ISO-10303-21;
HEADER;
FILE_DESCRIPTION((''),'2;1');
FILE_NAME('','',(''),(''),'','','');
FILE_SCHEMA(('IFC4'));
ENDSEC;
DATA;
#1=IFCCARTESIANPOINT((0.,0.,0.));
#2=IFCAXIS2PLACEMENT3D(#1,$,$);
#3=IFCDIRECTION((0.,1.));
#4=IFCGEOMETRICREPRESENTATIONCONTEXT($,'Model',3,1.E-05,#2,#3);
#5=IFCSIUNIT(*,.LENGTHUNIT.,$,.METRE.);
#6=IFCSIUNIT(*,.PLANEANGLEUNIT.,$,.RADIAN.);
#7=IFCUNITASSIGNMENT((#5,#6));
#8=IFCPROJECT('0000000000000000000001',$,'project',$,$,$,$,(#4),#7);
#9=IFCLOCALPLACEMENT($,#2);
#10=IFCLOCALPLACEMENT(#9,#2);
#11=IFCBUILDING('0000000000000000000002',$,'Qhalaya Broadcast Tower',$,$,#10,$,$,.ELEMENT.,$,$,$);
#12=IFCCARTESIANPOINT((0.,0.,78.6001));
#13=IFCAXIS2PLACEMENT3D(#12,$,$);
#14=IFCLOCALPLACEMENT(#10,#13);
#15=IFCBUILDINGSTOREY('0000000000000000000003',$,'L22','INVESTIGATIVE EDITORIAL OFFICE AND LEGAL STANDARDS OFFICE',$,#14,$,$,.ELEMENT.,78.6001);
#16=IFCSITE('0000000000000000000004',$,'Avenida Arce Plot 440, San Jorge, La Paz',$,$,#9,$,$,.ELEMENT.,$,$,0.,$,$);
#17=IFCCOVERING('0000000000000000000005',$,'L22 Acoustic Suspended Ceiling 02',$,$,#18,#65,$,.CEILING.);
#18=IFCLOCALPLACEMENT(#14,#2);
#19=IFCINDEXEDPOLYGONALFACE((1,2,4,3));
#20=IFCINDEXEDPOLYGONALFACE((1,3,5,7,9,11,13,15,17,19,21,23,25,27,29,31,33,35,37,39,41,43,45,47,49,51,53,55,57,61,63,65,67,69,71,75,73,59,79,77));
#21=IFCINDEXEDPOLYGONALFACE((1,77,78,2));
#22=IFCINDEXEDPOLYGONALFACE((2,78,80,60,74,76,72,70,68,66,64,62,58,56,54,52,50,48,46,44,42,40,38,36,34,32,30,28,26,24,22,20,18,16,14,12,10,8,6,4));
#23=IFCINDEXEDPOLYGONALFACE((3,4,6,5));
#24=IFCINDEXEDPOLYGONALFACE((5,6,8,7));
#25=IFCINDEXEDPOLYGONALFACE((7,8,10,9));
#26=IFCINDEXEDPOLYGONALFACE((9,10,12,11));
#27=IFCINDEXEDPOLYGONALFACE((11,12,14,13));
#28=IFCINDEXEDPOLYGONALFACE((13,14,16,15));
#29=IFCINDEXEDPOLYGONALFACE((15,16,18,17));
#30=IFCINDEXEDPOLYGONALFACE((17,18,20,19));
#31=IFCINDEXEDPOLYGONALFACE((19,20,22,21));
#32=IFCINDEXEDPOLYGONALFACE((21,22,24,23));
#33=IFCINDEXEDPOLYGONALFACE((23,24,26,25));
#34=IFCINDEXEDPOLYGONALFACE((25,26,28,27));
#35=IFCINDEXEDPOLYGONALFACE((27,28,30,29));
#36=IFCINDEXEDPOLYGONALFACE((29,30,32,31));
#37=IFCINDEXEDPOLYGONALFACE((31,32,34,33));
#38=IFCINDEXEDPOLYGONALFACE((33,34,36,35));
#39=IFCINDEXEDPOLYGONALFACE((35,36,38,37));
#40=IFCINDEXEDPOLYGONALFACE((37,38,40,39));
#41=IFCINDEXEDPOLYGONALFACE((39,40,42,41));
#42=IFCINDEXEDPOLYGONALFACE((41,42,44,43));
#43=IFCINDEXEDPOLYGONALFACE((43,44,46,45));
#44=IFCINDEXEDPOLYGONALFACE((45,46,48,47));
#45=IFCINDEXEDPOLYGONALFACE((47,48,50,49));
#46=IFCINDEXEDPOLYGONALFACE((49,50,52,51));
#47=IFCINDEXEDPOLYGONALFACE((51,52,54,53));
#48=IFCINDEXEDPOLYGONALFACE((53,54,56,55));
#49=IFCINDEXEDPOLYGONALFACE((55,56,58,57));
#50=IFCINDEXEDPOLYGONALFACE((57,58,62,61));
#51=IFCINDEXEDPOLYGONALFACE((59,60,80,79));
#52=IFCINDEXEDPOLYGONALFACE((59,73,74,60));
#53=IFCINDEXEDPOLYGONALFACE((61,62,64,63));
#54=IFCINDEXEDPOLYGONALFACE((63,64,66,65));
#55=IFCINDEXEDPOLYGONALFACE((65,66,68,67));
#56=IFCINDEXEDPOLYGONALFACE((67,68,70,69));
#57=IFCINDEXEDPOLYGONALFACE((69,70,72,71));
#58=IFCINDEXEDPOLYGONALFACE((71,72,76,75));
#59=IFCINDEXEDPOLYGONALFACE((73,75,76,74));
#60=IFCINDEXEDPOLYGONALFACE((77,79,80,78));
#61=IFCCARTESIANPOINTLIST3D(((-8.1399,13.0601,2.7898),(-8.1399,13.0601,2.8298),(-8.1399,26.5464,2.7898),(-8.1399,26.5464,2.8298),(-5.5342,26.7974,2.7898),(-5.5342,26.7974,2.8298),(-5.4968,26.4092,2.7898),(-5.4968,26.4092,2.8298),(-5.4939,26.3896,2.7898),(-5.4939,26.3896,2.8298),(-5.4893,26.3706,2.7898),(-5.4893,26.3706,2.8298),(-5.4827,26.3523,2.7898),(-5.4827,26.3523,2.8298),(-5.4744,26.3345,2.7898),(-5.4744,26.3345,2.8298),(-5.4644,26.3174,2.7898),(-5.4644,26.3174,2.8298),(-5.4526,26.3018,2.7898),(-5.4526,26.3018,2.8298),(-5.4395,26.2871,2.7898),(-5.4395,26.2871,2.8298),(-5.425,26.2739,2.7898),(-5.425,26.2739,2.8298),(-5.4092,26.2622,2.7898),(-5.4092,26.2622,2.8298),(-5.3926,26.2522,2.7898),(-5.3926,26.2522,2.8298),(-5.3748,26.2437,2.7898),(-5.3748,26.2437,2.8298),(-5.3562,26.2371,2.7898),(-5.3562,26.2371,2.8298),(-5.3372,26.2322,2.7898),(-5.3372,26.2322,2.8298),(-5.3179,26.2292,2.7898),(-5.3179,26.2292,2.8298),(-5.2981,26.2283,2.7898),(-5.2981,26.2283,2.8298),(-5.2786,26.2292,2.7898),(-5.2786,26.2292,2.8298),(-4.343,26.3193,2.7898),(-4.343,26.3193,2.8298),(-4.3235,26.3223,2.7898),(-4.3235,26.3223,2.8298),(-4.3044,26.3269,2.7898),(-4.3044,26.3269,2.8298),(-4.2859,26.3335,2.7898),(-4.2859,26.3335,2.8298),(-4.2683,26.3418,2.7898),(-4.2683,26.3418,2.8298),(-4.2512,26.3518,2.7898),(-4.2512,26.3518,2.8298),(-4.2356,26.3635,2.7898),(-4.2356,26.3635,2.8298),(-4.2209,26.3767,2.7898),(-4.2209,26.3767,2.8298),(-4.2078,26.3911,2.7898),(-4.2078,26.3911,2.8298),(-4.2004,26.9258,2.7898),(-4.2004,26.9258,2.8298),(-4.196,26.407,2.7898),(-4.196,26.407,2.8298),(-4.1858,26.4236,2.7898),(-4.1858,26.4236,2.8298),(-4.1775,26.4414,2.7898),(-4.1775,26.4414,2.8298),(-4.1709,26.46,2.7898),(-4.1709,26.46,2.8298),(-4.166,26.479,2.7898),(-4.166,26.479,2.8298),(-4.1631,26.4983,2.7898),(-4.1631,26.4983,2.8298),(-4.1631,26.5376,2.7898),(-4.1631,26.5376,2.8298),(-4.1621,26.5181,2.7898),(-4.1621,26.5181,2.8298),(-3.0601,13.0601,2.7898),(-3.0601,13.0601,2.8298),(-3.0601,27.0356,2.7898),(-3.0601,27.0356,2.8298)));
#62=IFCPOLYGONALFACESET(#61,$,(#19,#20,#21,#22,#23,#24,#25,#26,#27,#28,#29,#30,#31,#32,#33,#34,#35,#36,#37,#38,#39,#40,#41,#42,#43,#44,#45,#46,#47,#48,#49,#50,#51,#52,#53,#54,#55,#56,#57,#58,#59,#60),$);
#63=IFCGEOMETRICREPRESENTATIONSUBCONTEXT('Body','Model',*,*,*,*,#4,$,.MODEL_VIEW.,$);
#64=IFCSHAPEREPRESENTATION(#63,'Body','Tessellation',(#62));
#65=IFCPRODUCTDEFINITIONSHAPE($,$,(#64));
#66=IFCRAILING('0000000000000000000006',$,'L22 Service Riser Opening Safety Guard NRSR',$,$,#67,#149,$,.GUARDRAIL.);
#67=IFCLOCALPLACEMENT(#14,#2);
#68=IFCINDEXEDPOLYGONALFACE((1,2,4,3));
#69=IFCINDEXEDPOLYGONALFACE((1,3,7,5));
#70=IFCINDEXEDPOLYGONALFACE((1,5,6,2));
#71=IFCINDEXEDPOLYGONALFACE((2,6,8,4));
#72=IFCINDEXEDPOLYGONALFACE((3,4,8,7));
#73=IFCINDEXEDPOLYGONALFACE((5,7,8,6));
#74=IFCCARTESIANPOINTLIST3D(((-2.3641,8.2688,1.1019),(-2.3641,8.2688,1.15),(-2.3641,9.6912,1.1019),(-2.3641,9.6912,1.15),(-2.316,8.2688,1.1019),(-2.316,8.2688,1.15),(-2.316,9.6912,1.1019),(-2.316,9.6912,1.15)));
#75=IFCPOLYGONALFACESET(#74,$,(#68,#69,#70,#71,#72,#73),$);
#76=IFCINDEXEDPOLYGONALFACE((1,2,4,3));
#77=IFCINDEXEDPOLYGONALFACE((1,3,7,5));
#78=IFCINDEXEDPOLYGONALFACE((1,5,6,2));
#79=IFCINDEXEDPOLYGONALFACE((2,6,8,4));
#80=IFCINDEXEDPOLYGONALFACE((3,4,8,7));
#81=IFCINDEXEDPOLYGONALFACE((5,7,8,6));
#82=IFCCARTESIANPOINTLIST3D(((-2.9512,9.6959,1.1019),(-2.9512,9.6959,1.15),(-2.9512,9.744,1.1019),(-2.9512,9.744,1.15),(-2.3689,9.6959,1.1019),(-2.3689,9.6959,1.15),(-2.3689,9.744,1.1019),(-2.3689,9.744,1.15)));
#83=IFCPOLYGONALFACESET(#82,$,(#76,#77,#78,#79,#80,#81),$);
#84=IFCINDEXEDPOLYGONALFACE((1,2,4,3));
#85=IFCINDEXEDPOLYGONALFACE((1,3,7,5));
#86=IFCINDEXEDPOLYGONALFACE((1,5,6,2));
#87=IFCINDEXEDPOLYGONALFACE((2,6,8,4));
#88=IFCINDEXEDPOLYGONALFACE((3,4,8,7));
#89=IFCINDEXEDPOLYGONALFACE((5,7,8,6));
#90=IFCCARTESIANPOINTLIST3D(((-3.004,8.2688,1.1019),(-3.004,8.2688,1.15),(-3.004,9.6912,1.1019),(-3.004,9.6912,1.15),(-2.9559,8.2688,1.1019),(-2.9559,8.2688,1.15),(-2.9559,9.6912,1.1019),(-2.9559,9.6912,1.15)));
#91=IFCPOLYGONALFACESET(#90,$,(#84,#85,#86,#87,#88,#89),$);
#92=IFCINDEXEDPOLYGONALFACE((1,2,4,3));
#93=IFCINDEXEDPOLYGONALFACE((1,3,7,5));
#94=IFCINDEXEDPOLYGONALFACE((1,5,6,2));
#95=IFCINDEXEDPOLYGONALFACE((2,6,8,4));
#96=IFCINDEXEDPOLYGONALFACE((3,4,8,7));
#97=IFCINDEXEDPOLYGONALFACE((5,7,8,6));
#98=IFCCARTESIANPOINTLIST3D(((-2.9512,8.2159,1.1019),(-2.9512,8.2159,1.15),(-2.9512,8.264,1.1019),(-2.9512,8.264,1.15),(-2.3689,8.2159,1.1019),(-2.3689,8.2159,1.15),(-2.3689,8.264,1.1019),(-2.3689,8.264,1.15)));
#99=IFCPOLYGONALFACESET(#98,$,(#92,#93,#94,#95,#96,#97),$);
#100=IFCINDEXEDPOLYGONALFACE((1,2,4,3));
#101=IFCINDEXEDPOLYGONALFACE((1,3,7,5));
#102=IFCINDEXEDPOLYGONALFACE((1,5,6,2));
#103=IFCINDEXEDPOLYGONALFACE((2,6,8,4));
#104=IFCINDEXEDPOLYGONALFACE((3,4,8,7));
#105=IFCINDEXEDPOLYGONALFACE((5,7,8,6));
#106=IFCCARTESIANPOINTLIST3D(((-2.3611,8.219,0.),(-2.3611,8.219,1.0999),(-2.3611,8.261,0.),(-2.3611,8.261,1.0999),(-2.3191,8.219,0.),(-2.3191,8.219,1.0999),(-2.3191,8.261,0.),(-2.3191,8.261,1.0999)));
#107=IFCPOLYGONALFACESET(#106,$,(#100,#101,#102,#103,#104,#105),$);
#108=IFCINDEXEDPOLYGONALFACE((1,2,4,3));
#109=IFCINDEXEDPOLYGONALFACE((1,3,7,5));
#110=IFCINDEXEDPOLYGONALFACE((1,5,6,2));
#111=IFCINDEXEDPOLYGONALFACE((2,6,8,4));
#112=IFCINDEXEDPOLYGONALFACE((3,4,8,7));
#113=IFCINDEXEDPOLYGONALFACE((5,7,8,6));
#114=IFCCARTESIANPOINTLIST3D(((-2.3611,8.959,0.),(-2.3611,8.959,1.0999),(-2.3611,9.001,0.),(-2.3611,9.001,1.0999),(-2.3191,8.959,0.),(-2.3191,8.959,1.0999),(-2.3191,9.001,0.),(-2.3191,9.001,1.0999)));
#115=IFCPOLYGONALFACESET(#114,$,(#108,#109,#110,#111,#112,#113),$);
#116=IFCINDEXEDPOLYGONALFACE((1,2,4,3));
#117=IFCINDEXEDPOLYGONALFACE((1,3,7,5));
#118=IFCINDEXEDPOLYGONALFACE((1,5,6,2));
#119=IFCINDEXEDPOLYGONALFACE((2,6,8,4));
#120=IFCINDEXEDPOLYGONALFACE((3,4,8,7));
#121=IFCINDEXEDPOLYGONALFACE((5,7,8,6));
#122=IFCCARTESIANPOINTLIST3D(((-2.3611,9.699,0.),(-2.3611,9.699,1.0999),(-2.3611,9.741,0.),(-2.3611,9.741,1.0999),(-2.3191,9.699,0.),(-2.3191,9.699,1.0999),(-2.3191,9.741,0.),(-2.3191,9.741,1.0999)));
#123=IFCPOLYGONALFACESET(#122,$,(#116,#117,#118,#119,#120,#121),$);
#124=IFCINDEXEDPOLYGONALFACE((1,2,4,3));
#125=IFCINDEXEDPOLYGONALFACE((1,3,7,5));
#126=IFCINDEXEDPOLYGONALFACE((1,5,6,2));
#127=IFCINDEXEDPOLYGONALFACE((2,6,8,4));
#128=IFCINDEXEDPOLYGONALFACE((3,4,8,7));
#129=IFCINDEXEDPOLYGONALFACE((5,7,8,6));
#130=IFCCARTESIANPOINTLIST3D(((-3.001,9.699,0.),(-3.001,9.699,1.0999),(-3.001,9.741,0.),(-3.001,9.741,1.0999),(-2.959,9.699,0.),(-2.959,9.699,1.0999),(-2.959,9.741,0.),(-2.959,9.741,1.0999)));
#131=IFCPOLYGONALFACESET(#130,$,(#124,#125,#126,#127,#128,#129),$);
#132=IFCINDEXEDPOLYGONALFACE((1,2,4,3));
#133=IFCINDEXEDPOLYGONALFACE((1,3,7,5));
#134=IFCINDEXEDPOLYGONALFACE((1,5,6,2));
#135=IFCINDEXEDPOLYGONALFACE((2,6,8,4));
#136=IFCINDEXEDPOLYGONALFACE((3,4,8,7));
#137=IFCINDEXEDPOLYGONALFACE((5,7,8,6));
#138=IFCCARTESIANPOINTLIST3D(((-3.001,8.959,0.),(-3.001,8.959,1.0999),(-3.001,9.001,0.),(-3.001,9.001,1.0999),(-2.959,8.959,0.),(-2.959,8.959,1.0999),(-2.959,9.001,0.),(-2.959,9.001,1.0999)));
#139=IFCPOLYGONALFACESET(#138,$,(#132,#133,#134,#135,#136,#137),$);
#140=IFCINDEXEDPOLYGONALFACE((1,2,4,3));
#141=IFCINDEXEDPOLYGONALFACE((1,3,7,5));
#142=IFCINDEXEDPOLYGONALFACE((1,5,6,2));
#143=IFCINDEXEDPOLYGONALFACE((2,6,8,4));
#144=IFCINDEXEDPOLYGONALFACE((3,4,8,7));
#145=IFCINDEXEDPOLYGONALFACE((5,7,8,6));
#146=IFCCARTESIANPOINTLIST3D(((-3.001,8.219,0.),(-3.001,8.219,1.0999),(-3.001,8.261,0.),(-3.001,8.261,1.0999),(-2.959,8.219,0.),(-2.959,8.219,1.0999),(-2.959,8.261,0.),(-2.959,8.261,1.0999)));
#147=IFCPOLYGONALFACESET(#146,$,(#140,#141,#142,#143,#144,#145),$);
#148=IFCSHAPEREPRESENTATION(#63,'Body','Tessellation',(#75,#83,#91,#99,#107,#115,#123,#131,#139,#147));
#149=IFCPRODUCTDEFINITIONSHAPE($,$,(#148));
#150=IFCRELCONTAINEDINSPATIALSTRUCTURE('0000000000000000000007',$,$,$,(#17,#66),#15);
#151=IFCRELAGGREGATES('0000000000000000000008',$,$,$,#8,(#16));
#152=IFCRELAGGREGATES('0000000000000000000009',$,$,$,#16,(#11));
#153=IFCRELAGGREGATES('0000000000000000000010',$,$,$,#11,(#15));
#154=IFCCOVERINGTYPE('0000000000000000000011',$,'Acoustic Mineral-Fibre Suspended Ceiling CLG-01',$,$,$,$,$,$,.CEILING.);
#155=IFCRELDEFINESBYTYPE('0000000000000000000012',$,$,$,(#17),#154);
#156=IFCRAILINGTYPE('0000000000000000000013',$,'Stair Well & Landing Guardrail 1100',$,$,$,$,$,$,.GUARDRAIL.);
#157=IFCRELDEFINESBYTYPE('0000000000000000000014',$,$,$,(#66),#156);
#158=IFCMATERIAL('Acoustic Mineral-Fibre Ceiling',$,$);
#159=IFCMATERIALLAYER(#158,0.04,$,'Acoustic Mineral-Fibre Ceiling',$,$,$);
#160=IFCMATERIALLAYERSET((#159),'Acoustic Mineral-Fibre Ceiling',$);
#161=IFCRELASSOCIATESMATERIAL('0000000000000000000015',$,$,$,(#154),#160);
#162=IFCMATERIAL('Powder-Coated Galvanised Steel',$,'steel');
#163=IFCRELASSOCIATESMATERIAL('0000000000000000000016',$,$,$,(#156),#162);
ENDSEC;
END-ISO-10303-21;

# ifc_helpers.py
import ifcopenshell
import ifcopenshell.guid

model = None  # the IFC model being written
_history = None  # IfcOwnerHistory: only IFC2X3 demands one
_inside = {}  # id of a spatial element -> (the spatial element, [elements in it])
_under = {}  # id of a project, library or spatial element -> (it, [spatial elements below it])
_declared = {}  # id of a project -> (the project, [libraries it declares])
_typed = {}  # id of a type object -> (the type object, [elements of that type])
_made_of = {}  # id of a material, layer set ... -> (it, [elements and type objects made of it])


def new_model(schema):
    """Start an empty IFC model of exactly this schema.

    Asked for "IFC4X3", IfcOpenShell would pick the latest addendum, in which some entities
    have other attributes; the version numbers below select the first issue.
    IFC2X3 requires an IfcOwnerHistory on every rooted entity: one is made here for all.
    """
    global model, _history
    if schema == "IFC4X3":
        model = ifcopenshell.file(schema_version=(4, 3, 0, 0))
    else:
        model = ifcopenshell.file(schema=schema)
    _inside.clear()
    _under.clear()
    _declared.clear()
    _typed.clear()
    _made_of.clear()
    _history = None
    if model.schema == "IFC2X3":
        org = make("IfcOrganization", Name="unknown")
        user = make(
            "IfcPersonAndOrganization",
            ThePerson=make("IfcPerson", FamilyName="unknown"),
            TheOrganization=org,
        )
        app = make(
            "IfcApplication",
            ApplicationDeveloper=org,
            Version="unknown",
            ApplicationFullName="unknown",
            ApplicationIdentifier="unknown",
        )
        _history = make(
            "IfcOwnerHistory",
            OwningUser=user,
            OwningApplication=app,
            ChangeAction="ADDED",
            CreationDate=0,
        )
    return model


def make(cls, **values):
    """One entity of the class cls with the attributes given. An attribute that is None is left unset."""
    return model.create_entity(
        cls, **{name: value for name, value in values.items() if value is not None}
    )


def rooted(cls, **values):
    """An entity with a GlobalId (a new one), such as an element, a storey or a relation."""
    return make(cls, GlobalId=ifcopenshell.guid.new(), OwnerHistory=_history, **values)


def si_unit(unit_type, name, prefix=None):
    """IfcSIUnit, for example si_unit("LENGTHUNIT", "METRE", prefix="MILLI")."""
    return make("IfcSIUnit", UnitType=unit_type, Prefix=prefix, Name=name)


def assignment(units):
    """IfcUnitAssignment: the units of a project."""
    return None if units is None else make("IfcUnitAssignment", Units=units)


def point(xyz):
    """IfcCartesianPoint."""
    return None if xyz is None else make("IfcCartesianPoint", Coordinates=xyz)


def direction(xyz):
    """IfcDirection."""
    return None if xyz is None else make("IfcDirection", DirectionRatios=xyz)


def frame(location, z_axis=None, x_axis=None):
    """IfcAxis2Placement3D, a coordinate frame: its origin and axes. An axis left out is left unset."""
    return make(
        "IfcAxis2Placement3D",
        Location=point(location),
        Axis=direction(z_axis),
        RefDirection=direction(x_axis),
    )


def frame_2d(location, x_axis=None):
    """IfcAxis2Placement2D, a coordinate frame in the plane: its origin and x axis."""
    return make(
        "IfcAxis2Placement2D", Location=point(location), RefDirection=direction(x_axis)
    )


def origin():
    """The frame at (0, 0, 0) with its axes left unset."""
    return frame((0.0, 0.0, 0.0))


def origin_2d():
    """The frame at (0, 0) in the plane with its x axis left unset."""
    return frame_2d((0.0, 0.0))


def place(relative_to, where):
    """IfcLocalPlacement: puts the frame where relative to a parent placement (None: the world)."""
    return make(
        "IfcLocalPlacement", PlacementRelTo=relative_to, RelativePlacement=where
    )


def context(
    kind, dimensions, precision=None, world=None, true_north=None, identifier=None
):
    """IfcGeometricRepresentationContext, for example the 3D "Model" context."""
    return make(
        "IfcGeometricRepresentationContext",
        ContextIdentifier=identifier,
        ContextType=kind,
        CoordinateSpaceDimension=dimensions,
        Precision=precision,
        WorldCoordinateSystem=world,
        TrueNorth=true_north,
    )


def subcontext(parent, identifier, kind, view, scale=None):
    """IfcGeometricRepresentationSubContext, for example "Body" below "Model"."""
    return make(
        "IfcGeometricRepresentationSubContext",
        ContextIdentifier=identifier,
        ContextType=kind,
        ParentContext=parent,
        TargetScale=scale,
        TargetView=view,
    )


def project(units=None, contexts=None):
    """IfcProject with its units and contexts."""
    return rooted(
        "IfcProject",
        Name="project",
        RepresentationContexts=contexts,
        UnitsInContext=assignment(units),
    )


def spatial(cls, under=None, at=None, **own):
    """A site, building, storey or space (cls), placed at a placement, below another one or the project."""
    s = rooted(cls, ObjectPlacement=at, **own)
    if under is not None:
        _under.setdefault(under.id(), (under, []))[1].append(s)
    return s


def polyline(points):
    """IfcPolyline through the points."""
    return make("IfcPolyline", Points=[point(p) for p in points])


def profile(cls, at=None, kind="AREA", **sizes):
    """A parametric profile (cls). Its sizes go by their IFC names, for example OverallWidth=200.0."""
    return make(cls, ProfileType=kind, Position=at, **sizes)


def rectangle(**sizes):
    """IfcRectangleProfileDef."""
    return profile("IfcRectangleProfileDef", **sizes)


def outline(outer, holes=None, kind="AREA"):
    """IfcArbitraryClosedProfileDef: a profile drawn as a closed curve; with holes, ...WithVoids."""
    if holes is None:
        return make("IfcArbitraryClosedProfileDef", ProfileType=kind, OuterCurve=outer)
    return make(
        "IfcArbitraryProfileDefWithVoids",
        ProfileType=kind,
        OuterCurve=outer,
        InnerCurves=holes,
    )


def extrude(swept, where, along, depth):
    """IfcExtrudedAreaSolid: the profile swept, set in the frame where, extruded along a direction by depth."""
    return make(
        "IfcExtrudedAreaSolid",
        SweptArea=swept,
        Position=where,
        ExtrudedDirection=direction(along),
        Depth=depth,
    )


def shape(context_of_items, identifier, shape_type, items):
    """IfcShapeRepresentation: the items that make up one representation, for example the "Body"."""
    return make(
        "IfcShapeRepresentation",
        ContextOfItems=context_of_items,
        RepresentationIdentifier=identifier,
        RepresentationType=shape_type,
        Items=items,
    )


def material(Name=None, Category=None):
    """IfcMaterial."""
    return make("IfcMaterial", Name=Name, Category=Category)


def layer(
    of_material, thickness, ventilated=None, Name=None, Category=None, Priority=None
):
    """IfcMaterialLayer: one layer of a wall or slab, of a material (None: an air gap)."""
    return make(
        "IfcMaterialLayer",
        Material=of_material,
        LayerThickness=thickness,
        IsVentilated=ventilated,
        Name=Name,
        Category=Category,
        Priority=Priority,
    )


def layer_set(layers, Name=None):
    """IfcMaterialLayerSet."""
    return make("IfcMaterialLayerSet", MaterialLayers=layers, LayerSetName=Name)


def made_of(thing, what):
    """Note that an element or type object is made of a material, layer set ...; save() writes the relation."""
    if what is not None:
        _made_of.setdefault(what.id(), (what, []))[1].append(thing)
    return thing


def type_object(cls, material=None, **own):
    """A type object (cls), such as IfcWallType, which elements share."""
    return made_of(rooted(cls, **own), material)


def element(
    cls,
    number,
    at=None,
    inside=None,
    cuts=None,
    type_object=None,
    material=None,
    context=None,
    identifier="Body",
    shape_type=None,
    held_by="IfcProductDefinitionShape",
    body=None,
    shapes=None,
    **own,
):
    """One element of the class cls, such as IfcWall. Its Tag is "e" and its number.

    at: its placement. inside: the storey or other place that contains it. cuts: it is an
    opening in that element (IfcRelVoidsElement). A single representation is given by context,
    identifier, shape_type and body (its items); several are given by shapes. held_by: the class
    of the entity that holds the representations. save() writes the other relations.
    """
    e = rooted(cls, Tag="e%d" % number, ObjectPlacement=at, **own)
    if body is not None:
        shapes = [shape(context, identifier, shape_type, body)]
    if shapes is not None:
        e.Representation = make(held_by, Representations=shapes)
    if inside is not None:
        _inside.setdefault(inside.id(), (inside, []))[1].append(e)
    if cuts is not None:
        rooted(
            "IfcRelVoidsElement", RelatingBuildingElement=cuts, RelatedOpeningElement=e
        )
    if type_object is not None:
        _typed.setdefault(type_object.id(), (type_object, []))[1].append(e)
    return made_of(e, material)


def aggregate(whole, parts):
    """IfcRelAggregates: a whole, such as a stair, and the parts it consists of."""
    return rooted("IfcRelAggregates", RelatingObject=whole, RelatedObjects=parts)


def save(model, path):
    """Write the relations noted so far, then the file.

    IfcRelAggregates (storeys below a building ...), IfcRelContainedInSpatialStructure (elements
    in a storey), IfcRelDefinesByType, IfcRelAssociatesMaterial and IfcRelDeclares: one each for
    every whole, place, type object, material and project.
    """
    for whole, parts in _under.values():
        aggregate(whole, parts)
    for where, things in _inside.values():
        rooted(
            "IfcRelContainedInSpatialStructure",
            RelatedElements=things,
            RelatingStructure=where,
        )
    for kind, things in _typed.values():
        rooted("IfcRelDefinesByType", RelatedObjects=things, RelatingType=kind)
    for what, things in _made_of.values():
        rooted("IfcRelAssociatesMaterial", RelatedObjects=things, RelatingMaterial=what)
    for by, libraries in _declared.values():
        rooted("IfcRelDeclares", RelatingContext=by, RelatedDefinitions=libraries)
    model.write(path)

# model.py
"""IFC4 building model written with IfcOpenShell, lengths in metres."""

from ifc_helpers import new_model, si_unit, direction, frame, origin, origin_2d, place, context, subcontext, project, spatial, polyline, rectangle, outline, extrude, material, layer, layer_set, type_object, element, save


model = new_model("IFC4")

# Units and contexts
model_context = context("Model", 3, precision=1e-05, world=origin(), true_north=direction((0.0, 1.0)))
body_context = subcontext(model_context, "Body", "Model", "MODEL_VIEW")
ifc_project = project(units=[si_unit("LENGTHUNIT", "METRE"), si_unit("PLANEANGLEUNIT", "RADIAN")], contexts=[model_context])

# Site, building, storey
site_placement = place(None, origin())
site = spatial("IfcSite", under=ifc_project, at=site_placement, Name="Avenida Arce Plot 440, San Jorge, La Paz", CompositionType="ELEMENT", RefElevation=0.0)
building_placement = place(site_placement, origin())
building = spatial("IfcBuilding", under=site, at=building_placement, Name="Qhalaya Broadcast Tower", CompositionType="ELEMENT")
storey_placement = place(building_placement, frame((0.0, 0.0, 78.6001)))
storey = spatial("IfcBuildingStorey", under=building, at=storey_placement, Name="L22", Description="INVESTIGATIVE EDITORIAL OFFICE AND LEGAL STANDARDS OFFICE", CompositionType="ELEMENT", Elevation=78.6001)

# Covering
ifc_material_1 = material(Name="Acoustic Mineral-Fibre Ceiling")
ifc_layer_1 = layer(ifc_material_1, 0.04, Name="Acoustic Mineral-Fibre Ceiling")
ifc_layer_set_1 = layer_set([ifc_layer_1], Name="Acoustic Mineral-Fibre Ceiling")
covering_type = type_object("IfcCoveringType", Name="Acoustic Mineral-Fibre Suspended Ceiling CLG-01", PredefinedType="CEILING", material=ifc_layer_set_1)
covering_1_placement = place(storey_placement, frame((0.0, 0.0, 2.7898)))
element("IfcCovering", 1, at=covering_1_placement, inside=storey, type_object=covering_type, Name="L22 Acoustic Suspended Ceiling 02", PredefinedType="CEILING", context=body_context, shape_type="SweptSolid", body=[
    extrude(outline(polyline([(-8.1399, 26.5464), (-8.1399, 13.0601), (-3.0601, 13.0601), (-3.0601, 27.0356), (-4.2004, 26.9258), (-4.1631, 26.5376), (-4.1621, 26.5181), (-4.1631, 26.4983), (-4.166, 26.479), (-4.1709, 26.46), (-4.1775, 26.4414), (-4.1858, 26.4236), (-4.196, 26.407), (-4.2078, 26.3911), (-4.2209, 26.3767), (-4.2356, 26.3635), (-4.2512, 26.3518), (-4.2683, 26.3418), (-4.2859, 26.3335), (-4.3044, 26.3269), (-4.3235, 26.3223), (-4.343, 26.3193), (-5.2786, 26.2292), (-5.2981, 26.2283), (-5.3179, 26.2292), (-5.3372, 26.2322), (-5.3562, 26.2371), (-5.3748, 26.2437), (-5.3926, 26.2522), (-5.4092, 26.2622), (-5.425, 26.2739), (-5.4395, 26.2871), (-5.4526, 26.3018), (-5.4644, 26.3174), (-5.4744, 26.3345), (-5.4827, 26.3523), (-5.4893, 26.3706), (-5.4939, 26.3896), (-5.4968, 26.4092), (-5.5342, 26.7974), (-8.1399, 26.5464)])), origin(), (0.0, 0.0, 1.0), 0.04),
])

# Railing
ifc_material_2 = material(Name="Powder-Coated Galvanised Steel", Category="steel")
railing_type = type_object("IfcRailingType", Name="Stair Well & Landing Guardrail 1100", PredefinedType="GUARDRAIL", material=ifc_material_2)
railing_placement = place(storey_placement, frame((-2.3401, 8.24, 0.0)))
element("IfcRailing", 2, at=railing_placement, inside=storey, type_object=railing_type, Name="L22 Service Riser Opening Safety Guard NRSR", PredefinedType="GUARDRAIL", context=body_context, shape_type="SweptSolid", body=[
    extrude(rectangle(XDim=0.0481, YDim=0.0481, at=origin_2d()), frame((0.0, 0.0288, 1.126), z_axis=(0.0, 1.0, 0.0), x_axis=(-1.0, 0.0, 0.0)), (0.0, 0.0, 1.0), 1.4224),
    extrude(rectangle(XDim=0.0481, YDim=0.0481, at=origin_2d()), frame((-0.0288, 1.48, 1.126), z_axis=(-1.0, 0.0, 0.0), x_axis=(0.0, -1.0, 0.0)), (0.0, 0.0, 1.0), 0.5823),
    extrude(rectangle(XDim=0.0481, YDim=0.0481, at=origin_2d()), frame((-0.6399, 1.4512, 1.126), z_axis=(0.0, -1.0, 0.0), x_axis=(1.0, 0.0, 0.0)), (0.0, 0.0, 1.0), 1.4224),
    extrude(rectangle(XDim=0.0481, YDim=0.0481, at=origin_2d()), frame((-0.6111, 0.0, 1.126), z_axis=(1.0, 0.0, 0.0), x_axis=(0.0, 1.0, 0.0)), (0.0, 0.0, 1.0), 0.5823),
    extrude(rectangle(XDim=0.042, YDim=0.042, at=origin_2d()), origin(), (0.0, 0.0, 1.0), 1.0999),
    extrude(rectangle(XDim=0.042, YDim=0.042, at=origin_2d()), frame((0.0, 0.74, 0.0)), (0.0, 0.0, 1.0), 1.0999),
    extrude(rectangle(XDim=0.042, YDim=0.042, at=origin_2d()), frame((0.0, 1.48, 0.0)), (0.0, 0.0, 1.0), 1.0999),
    extrude(rectangle(XDim=0.042, YDim=0.042, at=origin_2d()), frame((-0.6399, 1.48, 0.0)), (0.0, 0.0, 1.0), 1.0999),
    extrude(rectangle(XDim=0.042, YDim=0.042, at=origin_2d()), frame((-0.6399, 0.74, 0.0)), (0.0, 0.0, 1.0), 1.0999),
    extrude(rectangle(XDim=0.042, YDim=0.042, at=origin_2d()), frame((-0.6399, 0.0, 0.0)), (0.0, 0.0, 1.0), 1.0999),
])

save(model, "model.ifc")
